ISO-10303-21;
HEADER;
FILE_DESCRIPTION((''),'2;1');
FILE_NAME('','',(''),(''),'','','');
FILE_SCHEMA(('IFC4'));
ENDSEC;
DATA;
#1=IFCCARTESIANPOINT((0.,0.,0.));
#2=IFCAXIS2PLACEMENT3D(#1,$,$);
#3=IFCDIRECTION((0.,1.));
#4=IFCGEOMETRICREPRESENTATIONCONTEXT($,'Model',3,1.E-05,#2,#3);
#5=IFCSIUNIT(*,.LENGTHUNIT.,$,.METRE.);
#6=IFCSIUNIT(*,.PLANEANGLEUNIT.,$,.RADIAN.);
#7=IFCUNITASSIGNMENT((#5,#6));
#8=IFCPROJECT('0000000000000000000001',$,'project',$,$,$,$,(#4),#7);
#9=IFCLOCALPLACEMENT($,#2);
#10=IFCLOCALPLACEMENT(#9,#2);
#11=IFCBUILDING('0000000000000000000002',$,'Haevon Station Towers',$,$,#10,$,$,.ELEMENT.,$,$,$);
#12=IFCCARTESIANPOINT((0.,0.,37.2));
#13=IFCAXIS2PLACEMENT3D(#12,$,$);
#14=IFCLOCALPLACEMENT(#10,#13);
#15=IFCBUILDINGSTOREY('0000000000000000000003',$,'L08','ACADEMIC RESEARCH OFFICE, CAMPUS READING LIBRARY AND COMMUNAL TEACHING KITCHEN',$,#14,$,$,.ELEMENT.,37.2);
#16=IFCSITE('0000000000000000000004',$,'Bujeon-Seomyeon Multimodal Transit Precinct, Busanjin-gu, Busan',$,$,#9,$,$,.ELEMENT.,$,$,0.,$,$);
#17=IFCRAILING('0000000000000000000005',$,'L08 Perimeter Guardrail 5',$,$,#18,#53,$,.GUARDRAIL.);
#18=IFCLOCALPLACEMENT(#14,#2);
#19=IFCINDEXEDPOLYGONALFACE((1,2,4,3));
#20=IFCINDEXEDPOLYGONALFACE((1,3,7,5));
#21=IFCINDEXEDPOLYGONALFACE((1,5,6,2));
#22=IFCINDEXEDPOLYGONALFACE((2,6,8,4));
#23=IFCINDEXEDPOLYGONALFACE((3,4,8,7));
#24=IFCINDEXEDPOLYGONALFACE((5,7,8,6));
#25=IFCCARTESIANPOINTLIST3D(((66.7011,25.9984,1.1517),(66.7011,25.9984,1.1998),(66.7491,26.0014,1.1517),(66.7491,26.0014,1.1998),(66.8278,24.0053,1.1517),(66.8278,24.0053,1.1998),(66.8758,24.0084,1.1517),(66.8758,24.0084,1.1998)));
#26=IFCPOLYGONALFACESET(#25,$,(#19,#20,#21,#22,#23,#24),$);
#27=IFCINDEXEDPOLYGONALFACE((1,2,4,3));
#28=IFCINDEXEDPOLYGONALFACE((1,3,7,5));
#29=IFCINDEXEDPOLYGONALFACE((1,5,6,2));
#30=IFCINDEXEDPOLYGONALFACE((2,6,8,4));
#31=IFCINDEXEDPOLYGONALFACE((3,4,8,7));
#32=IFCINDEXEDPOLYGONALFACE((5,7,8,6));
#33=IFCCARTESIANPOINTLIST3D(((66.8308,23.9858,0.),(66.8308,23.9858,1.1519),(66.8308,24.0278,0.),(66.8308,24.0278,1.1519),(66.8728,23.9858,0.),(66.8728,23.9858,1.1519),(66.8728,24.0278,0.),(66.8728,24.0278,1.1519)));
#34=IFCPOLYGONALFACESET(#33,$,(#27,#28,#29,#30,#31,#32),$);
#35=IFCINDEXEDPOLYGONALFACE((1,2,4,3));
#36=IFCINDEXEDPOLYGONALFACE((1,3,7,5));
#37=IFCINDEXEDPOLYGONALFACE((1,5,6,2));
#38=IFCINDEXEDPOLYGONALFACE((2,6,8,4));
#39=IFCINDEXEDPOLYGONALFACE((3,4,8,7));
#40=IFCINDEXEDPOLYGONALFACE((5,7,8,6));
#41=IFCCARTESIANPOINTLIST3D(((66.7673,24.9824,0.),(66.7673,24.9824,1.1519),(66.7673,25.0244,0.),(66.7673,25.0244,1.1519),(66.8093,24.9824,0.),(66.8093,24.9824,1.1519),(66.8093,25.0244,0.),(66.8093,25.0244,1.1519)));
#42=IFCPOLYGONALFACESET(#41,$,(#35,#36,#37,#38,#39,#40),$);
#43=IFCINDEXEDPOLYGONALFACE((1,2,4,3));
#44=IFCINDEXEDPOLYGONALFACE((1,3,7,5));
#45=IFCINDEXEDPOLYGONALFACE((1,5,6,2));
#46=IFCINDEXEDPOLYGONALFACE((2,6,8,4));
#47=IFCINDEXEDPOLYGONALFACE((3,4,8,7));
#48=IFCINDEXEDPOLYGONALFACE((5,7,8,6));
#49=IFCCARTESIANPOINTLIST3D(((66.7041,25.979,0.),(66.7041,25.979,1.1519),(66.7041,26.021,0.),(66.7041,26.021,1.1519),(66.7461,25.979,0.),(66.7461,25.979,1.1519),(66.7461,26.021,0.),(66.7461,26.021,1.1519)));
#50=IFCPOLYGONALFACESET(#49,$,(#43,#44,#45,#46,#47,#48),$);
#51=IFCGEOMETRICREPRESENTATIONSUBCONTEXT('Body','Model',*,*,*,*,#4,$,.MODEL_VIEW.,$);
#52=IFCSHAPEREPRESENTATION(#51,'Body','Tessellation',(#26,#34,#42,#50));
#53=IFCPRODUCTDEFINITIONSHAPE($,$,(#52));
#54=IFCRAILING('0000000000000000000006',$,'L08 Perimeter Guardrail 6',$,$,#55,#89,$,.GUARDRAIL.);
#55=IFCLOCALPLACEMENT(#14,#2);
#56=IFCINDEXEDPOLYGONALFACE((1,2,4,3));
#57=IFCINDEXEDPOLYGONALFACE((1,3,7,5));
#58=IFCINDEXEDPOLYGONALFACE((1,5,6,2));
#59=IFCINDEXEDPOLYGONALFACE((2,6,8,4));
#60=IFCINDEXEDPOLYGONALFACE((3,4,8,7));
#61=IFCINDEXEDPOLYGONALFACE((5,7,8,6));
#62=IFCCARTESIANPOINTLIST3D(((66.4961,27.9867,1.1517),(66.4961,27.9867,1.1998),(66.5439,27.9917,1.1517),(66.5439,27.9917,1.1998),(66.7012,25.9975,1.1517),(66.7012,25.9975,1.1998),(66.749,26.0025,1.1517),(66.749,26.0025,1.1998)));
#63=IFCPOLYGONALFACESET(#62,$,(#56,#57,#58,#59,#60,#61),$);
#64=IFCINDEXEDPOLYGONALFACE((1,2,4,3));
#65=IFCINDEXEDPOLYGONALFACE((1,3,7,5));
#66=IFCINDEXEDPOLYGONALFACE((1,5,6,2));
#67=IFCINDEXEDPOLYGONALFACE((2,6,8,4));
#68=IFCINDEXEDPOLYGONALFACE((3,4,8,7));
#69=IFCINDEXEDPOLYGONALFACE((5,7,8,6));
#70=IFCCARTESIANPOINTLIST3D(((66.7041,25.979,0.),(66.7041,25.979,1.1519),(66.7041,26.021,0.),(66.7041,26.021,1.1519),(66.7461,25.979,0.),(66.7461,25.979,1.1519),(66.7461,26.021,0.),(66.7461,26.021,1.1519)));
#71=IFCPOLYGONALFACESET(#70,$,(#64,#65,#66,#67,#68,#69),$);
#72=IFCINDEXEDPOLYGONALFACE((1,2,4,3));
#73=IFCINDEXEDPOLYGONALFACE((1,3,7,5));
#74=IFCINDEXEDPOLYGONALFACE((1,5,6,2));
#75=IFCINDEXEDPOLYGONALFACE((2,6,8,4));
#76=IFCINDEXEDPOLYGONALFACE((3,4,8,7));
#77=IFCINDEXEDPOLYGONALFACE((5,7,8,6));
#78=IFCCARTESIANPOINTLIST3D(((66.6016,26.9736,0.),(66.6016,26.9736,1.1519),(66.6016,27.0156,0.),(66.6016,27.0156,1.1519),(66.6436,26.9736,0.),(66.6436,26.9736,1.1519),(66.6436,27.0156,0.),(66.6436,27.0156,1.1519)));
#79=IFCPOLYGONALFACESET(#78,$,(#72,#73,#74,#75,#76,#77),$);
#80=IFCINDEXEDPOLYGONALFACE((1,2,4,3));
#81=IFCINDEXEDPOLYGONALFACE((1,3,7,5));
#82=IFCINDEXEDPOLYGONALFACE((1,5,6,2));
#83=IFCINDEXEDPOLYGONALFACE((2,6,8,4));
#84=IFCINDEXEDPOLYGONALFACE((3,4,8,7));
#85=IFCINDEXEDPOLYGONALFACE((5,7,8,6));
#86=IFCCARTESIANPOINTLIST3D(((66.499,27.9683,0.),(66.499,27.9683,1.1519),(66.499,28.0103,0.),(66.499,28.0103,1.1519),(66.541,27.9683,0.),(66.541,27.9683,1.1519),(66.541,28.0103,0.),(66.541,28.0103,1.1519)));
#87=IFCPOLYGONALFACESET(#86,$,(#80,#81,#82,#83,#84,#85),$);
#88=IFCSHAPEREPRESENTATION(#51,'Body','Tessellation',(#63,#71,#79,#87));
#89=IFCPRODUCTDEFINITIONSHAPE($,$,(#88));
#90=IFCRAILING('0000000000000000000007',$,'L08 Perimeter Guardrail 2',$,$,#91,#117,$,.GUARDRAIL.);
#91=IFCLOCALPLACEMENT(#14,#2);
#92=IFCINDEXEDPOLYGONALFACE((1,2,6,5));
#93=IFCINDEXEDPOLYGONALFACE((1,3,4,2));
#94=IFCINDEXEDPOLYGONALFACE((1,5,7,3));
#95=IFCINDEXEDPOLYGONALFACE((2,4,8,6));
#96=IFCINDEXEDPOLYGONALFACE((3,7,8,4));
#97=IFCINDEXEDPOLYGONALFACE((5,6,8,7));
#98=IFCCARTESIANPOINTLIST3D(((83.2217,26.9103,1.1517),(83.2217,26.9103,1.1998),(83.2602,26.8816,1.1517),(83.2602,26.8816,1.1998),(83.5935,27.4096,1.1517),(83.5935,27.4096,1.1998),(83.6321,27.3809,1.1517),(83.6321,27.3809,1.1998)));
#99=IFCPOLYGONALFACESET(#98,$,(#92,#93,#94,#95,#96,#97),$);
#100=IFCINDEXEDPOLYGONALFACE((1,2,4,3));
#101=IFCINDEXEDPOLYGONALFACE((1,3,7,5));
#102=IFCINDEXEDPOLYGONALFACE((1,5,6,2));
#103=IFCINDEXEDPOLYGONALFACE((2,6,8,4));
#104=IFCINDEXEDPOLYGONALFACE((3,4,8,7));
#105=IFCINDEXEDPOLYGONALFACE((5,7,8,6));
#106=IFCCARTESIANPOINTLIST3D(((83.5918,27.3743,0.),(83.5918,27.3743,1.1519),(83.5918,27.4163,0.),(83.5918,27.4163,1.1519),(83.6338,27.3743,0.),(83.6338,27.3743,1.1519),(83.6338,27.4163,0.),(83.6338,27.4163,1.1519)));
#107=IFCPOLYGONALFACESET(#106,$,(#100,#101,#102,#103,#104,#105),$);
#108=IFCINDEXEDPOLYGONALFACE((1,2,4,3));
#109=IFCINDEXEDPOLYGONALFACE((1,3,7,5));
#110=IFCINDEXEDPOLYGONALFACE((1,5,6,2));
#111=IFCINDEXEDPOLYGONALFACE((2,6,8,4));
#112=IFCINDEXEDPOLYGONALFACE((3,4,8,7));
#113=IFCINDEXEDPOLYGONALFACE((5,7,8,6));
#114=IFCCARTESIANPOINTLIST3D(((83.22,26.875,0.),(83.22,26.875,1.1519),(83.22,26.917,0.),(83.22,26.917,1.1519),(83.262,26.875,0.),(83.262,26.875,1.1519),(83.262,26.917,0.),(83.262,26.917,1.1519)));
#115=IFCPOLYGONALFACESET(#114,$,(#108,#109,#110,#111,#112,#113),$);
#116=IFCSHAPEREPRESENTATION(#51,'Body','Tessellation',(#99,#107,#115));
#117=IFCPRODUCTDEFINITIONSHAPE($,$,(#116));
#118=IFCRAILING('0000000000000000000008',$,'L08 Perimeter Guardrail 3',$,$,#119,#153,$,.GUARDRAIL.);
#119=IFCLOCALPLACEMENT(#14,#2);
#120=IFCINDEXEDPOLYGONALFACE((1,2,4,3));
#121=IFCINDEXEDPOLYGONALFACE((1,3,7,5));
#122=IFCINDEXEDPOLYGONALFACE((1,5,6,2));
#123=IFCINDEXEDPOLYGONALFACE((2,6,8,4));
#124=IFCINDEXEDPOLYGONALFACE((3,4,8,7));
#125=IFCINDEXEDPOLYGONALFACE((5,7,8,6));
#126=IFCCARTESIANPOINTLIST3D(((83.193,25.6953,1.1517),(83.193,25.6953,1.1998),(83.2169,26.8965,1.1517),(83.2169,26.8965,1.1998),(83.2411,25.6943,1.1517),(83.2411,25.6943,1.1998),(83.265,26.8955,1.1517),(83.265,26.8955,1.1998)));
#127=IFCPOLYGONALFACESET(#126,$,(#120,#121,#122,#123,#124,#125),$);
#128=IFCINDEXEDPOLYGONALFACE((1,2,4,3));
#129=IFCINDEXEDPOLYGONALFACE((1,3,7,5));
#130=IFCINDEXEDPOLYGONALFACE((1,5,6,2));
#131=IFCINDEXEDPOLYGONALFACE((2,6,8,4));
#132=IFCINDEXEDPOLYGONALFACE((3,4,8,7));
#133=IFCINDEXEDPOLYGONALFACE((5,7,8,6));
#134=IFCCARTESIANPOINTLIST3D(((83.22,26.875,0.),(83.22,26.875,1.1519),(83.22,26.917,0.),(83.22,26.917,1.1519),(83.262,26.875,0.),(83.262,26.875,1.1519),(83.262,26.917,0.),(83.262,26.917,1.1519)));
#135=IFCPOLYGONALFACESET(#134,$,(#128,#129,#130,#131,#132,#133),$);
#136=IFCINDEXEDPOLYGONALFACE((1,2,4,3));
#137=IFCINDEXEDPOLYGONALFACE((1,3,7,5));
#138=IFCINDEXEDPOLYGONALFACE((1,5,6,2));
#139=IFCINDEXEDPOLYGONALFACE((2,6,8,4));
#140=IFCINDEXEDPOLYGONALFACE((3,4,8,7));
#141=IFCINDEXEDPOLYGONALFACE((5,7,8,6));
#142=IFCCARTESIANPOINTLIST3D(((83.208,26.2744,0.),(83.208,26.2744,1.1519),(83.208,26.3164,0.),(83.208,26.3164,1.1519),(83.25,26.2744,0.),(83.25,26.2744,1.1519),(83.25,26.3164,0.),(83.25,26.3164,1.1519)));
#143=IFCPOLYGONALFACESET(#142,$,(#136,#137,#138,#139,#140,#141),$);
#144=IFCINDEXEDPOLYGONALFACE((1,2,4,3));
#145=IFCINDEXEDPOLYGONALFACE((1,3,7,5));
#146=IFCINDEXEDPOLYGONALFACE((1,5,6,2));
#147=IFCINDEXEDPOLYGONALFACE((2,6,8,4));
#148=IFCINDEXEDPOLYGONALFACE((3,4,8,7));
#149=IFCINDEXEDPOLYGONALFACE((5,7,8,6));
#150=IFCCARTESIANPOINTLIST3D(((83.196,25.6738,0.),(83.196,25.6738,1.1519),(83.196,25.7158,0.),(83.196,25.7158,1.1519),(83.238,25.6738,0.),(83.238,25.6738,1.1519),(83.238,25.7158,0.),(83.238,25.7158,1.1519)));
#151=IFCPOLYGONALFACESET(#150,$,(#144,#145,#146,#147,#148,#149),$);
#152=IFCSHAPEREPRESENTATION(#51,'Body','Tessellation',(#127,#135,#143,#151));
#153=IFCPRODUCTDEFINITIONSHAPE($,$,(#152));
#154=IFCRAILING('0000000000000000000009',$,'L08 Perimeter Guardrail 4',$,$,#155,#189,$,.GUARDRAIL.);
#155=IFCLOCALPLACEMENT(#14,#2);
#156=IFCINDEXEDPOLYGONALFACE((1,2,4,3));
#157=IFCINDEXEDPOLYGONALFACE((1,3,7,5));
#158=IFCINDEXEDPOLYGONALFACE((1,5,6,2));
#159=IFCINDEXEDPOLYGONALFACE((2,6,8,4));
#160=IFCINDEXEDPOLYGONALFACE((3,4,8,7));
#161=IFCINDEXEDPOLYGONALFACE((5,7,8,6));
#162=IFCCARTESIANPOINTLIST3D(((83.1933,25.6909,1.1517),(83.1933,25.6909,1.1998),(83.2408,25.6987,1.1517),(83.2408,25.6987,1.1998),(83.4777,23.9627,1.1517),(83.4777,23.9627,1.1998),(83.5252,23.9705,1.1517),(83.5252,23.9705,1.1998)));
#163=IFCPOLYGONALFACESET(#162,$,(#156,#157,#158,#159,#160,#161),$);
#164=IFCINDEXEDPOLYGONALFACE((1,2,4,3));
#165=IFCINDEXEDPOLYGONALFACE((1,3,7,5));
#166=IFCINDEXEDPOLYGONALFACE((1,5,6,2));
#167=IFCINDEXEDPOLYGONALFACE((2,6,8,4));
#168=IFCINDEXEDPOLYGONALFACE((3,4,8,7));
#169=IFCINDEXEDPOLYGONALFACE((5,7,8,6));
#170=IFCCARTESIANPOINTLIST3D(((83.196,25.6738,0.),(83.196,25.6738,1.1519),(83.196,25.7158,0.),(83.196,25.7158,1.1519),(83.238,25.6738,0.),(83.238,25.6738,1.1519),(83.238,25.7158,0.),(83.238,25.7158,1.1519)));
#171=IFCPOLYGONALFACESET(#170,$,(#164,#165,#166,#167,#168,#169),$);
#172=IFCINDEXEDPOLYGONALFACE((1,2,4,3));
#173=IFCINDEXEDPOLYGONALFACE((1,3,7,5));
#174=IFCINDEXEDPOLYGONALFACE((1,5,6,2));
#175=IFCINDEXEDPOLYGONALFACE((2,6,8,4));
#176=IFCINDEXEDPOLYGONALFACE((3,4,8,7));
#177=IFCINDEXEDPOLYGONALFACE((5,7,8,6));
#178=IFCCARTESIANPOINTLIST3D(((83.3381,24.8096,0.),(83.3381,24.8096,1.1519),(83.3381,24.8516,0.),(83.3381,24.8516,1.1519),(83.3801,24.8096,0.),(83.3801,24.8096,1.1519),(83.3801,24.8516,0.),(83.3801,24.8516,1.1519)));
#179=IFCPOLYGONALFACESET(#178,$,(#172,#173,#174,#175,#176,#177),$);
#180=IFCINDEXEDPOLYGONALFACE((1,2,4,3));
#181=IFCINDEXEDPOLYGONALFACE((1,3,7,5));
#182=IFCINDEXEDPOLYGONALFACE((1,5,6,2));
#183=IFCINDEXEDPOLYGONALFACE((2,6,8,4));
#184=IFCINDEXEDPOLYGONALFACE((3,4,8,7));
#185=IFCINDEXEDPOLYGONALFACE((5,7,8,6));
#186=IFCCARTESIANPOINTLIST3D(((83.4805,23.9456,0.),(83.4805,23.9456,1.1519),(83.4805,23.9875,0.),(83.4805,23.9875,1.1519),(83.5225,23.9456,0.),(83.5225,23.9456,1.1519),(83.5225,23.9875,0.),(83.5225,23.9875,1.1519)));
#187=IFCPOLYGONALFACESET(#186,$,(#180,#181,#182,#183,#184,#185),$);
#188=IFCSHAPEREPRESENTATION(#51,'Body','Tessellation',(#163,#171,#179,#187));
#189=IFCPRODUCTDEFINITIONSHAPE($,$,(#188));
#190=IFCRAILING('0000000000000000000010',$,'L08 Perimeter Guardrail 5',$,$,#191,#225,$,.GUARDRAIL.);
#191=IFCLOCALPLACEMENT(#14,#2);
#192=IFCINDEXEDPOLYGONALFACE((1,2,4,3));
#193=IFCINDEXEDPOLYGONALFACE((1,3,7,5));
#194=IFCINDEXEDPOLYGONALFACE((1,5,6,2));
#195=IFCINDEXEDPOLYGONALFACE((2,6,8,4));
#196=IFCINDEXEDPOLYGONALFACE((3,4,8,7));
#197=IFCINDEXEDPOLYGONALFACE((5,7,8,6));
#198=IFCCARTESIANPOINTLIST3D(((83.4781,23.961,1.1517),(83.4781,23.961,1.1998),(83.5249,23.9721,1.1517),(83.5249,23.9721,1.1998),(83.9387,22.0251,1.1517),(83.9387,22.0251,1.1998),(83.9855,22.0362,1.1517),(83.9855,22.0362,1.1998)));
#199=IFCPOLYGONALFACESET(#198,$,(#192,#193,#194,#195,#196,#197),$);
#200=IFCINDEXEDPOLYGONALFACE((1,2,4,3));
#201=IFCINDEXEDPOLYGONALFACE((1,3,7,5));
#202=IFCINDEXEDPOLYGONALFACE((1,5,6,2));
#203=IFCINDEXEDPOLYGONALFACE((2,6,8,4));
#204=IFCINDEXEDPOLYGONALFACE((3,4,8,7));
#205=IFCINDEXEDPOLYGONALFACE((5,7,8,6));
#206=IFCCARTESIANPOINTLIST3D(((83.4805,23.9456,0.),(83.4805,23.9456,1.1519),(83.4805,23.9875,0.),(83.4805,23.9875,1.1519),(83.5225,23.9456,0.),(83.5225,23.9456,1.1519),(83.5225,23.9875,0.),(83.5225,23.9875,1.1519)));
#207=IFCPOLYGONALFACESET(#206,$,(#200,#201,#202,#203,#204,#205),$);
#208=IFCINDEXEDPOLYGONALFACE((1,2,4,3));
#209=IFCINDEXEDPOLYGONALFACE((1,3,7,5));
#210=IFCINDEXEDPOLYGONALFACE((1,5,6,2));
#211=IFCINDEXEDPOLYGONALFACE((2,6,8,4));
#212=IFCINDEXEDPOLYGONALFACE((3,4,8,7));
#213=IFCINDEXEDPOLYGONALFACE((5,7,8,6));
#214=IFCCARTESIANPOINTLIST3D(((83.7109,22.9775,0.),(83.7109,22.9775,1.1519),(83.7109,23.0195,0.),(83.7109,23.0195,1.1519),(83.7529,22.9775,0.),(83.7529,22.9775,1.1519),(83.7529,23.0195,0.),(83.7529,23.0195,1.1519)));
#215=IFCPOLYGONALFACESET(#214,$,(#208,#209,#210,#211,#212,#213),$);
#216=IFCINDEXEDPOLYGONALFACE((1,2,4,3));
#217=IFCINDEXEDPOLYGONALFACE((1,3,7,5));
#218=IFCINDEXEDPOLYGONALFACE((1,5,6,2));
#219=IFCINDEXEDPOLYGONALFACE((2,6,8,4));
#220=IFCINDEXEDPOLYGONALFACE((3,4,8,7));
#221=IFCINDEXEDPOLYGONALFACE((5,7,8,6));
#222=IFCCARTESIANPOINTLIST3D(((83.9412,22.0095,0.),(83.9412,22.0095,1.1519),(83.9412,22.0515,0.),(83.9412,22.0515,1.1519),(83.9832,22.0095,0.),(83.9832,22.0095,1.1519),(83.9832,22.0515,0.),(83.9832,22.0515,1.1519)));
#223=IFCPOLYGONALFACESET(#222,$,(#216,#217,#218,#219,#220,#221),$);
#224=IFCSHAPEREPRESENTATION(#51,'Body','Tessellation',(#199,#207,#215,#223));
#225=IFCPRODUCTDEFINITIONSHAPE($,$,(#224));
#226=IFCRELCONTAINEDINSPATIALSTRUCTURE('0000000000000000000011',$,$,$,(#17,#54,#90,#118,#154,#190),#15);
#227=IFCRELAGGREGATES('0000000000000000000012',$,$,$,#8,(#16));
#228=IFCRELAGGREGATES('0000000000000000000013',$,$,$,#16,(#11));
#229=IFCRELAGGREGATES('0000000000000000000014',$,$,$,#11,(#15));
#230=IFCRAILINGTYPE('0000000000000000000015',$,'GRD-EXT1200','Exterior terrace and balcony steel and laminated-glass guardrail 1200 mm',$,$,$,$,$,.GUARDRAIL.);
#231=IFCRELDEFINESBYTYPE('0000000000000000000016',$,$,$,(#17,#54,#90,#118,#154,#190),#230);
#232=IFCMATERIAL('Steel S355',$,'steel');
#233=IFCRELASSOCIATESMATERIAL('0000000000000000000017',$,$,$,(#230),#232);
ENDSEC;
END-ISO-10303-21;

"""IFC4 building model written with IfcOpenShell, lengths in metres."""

from ifc_helpers import new_model, si_unit, direction, frame, origin, origin_2d, place, context, subcontext, project, spatial, rectangle, extrude, material, type_object, element, save


model = new_model("IFC4")

# Units and contexts
model_context = context("Model", 3, precision=1e-05, world=origin(), true_north=direction((0.0, 1.0)))
body_context = subcontext(model_context, "Body", "Model", "MODEL_VIEW")
ifc_project = project(units=[si_unit("LENGTHUNIT", "METRE"), si_unit("PLANEANGLEUNIT", "RADIAN")], contexts=[model_context])

# Site, building, storey
site_placement = place(None, origin())
site = spatial("IfcSite", under=ifc_project, at=site_placement, Name="Bujeon-Seomyeon Multimodal Transit Precinct, Busanjin-gu, Busan", CompositionType="ELEMENT", RefElevation=0.0)
building_placement = place(site_placement, origin())
building = spatial("IfcBuilding", under=site, at=building_placement, Name="Haevon Station Towers", CompositionType="ELEMENT")
storey_placement = place(building_placement, frame((0.0, 0.0, 37.2)))
storey = spatial("IfcBuildingStorey", under=building, at=storey_placement, Name="L08", Description="ACADEMIC RESEARCH OFFICE, CAMPUS READING LIBRARY AND COMMUNAL TEACHING KITCHEN", CompositionType="ELEMENT", Elevation=37.2)

# Shared definitions
ifc_material_1 = material(Name="Steel S355", Category="steel")

# Railings
railing_type = type_object("IfcRailingType", Name="GRD-EXT1200", Description="Exterior terrace and balcony steel and laminated-glass guardrail 1200 mm", PredefinedType="GUARDRAIL", material=ifc_material_1)
railing_1_placement = place(storey_placement, frame((66.8518, 24.0068, 0.0)))
element("IfcRailing", 1, at=railing_1_placement, inside=storey, type_object=railing_type, Name="L08 Perimeter Guardrail 5", PredefinedType="GUARDRAIL", context=body_context, shape_type="SweptSolid", body=[
    extrude(rectangle(XDim=0.0481, YDim=0.0481, at=origin_2d()), frame((0.0, 0.0, 1.1758), z_axis=(-0.063444, 0.997985, 0.0), x_axis=(-0.997985, -0.063444, 0.0)), (0.0, 0.0, 1.0), 1.9971),
    extrude(rectangle(XDim=0.042, YDim=0.042, at=origin_2d()), origin(), (0.0, 0.0, 1.0), 1.1519),
    extrude(rectangle(XDim=0.042, YDim=0.042, at=origin_2d()), frame((-0.0635, 0.9966, 0.0)), (0.0, 0.0, 1.0), 1.1519),
    extrude(rectangle(XDim=0.042, YDim=0.042, at=origin_2d()), frame((-0.1267, 1.9932, 0.0)), (0.0, 0.0, 1.0), 1.1519),
])
railing_2_placement = place(storey_placement, frame((66.7251, 26.0, 0.0)))
element("IfcRailing", 2, at=railing_2_placement, inside=storey, type_object=railing_type, Name="L08 Perimeter Guardrail 6", PredefinedType="GUARDRAIL", context=body_context, shape_type="SweptSolid", body=[
    extrude(rectangle(XDim=0.0481, YDim=0.0481, at=origin_2d()), frame((0.0, 0.0, 1.1758), z_axis=(-0.102549, 0.994728, 0.0), x_axis=(-0.994728, -0.102549, 0.0)), (0.0, 0.0, 1.0), 1.9998),
    extrude(rectangle(XDim=0.042, YDim=0.042, at=origin_2d()), origin(), (0.0, 0.0, 1.0), 1.1519),
    extrude(rectangle(XDim=0.042, YDim=0.042, at=origin_2d()), frame((-0.1025, 0.9946, 0.0)), (0.0, 0.0, 1.0), 1.1519),
    extrude(rectangle(XDim=0.042, YDim=0.042, at=origin_2d()), frame((-0.2051, 1.9893, 0.0)), (0.0, 0.0, 1.0), 1.1519),
])
railing_3_placement = place(storey_placement, frame((83.6128, 27.3953, 0.0)))
element("IfcRailing", 3, at=railing_3_placement, inside=storey, type_object=railing_type, Name="L08 Perimeter Guardrail 2", PredefinedType="GUARDRAIL", context=body_context, shape_type="SweptSolid", body=[
    extrude(rectangle(XDim=0.0481, YDim=0.0481, at=origin_2d()), frame((0.0, 0.0, 1.1758), z_axis=(-0.597298, -0.802019, 0.0), x_axis=(0.802019, -0.597298, 0.0)), (0.0, 0.0, 1.0), 0.6226),
    extrude(rectangle(XDim=0.042, YDim=0.042, at=origin_2d()), origin(), (0.0, 0.0, 1.0), 1.1519),
    extrude(rectangle(XDim=0.042, YDim=0.042, at=origin_2d()), frame((-0.3718, -0.4993, 0.0)), (0.0, 0.0, 1.0), 1.1519),
])
railing_4_placement = place(storey_placement, frame((83.241, 26.896, 0.0)))
element("IfcRailing", 4, at=railing_4_placement, inside=storey, type_object=railing_type, Name="L08 Perimeter Guardrail 3", PredefinedType="GUARDRAIL", context=body_context, shape_type="SweptSolid", body=[
    extrude(rectangle(XDim=0.0481, YDim=0.0481, at=origin_2d()), frame((0.0, 0.0, 1.1758), z_axis=(-0.019915, -0.999802, 0.0), x_axis=(0.999802, -0.019915, 0.0)), (0.0, 0.0, 1.0), 1.2014),
    extrude(rectangle(XDim=0.042, YDim=0.042, at=origin_2d()), origin(), (0.0, 0.0, 1.0), 1.1519),
    extrude(rectangle(XDim=0.042, YDim=0.042, at=origin_2d()), frame((-0.012, -0.6006, 0.0)), (0.0, 0.0, 1.0), 1.1519),
    extrude(rectangle(XDim=0.042, YDim=0.042, at=origin_2d()), frame((-0.0239, -1.2012, 0.0)), (0.0, 0.0, 1.0), 1.1519),
])
railing_5_placement = place(storey_placement, frame((83.217, 25.6948, 0.0)))
element("IfcRailing", 5, at=railing_5_placement, inside=storey, type_object=railing_type, Name="L08 Perimeter Guardrail 4", PredefinedType="GUARDRAIL", context=body_context, shape_type="SweptSolid", body=[
    extrude(rectangle(XDim=0.0481, YDim=0.0481, at=origin_2d()), frame((0.0, 0.0, 1.1758), z_axis=(0.162387, -0.986727, 0.0), x_axis=(0.986727, 0.162387, 0.0)), (0.0, 0.0, 1.0), 1.7515),
    extrude(rectangle(XDim=0.042, YDim=0.042, at=origin_2d()), origin(), (0.0, 0.0, 1.0), 1.1519),
    extrude(rectangle(XDim=0.042, YDim=0.042, at=origin_2d()), frame((0.1421, -0.8643, 0.0)), (0.0, 0.0, 1.0), 1.1519),
    extrude(rectangle(XDim=0.042, YDim=0.042, at=origin_2d()), frame((0.2844, -1.7283, 0.0)), (0.0, 0.0, 1.0), 1.1519),
])
railing_6_placement = place(storey_placement, frame((83.5015, 23.9666, 0.0)))
element("IfcRailing", 6, at=railing_6_placement, inside=storey, type_object=railing_type, Name="L08 Perimeter Guardrail 5", PredefinedType="GUARDRAIL", context=body_context, shape_type="SweptSolid", body=[
    extrude(rectangle(XDim=0.0481, YDim=0.0481, at=origin_2d()), frame((0.0, 0.0, 1.1758), z_axis=(0.231493, -0.972836, 0.0), x_axis=(0.972836, 0.231493, 0.0)), (0.0, 0.0, 1.0), 1.99),
    extrude(rectangle(XDim=0.042, YDim=0.042, at=origin_2d()), origin(), (0.0, 0.0, 1.0), 1.1519),
    extrude(rectangle(XDim=0.042, YDim=0.042, at=origin_2d()), frame((0.2305, -0.968, 0.0)), (0.0, 0.0, 1.0), 1.1519),
    extrude(rectangle(XDim=0.042, YDim=0.042, at=origin_2d()), frame((0.4607, -1.936, 0.0)), (0.0, 0.0, 1.0), 1.1519),
])

save(model, "model.ifc")
